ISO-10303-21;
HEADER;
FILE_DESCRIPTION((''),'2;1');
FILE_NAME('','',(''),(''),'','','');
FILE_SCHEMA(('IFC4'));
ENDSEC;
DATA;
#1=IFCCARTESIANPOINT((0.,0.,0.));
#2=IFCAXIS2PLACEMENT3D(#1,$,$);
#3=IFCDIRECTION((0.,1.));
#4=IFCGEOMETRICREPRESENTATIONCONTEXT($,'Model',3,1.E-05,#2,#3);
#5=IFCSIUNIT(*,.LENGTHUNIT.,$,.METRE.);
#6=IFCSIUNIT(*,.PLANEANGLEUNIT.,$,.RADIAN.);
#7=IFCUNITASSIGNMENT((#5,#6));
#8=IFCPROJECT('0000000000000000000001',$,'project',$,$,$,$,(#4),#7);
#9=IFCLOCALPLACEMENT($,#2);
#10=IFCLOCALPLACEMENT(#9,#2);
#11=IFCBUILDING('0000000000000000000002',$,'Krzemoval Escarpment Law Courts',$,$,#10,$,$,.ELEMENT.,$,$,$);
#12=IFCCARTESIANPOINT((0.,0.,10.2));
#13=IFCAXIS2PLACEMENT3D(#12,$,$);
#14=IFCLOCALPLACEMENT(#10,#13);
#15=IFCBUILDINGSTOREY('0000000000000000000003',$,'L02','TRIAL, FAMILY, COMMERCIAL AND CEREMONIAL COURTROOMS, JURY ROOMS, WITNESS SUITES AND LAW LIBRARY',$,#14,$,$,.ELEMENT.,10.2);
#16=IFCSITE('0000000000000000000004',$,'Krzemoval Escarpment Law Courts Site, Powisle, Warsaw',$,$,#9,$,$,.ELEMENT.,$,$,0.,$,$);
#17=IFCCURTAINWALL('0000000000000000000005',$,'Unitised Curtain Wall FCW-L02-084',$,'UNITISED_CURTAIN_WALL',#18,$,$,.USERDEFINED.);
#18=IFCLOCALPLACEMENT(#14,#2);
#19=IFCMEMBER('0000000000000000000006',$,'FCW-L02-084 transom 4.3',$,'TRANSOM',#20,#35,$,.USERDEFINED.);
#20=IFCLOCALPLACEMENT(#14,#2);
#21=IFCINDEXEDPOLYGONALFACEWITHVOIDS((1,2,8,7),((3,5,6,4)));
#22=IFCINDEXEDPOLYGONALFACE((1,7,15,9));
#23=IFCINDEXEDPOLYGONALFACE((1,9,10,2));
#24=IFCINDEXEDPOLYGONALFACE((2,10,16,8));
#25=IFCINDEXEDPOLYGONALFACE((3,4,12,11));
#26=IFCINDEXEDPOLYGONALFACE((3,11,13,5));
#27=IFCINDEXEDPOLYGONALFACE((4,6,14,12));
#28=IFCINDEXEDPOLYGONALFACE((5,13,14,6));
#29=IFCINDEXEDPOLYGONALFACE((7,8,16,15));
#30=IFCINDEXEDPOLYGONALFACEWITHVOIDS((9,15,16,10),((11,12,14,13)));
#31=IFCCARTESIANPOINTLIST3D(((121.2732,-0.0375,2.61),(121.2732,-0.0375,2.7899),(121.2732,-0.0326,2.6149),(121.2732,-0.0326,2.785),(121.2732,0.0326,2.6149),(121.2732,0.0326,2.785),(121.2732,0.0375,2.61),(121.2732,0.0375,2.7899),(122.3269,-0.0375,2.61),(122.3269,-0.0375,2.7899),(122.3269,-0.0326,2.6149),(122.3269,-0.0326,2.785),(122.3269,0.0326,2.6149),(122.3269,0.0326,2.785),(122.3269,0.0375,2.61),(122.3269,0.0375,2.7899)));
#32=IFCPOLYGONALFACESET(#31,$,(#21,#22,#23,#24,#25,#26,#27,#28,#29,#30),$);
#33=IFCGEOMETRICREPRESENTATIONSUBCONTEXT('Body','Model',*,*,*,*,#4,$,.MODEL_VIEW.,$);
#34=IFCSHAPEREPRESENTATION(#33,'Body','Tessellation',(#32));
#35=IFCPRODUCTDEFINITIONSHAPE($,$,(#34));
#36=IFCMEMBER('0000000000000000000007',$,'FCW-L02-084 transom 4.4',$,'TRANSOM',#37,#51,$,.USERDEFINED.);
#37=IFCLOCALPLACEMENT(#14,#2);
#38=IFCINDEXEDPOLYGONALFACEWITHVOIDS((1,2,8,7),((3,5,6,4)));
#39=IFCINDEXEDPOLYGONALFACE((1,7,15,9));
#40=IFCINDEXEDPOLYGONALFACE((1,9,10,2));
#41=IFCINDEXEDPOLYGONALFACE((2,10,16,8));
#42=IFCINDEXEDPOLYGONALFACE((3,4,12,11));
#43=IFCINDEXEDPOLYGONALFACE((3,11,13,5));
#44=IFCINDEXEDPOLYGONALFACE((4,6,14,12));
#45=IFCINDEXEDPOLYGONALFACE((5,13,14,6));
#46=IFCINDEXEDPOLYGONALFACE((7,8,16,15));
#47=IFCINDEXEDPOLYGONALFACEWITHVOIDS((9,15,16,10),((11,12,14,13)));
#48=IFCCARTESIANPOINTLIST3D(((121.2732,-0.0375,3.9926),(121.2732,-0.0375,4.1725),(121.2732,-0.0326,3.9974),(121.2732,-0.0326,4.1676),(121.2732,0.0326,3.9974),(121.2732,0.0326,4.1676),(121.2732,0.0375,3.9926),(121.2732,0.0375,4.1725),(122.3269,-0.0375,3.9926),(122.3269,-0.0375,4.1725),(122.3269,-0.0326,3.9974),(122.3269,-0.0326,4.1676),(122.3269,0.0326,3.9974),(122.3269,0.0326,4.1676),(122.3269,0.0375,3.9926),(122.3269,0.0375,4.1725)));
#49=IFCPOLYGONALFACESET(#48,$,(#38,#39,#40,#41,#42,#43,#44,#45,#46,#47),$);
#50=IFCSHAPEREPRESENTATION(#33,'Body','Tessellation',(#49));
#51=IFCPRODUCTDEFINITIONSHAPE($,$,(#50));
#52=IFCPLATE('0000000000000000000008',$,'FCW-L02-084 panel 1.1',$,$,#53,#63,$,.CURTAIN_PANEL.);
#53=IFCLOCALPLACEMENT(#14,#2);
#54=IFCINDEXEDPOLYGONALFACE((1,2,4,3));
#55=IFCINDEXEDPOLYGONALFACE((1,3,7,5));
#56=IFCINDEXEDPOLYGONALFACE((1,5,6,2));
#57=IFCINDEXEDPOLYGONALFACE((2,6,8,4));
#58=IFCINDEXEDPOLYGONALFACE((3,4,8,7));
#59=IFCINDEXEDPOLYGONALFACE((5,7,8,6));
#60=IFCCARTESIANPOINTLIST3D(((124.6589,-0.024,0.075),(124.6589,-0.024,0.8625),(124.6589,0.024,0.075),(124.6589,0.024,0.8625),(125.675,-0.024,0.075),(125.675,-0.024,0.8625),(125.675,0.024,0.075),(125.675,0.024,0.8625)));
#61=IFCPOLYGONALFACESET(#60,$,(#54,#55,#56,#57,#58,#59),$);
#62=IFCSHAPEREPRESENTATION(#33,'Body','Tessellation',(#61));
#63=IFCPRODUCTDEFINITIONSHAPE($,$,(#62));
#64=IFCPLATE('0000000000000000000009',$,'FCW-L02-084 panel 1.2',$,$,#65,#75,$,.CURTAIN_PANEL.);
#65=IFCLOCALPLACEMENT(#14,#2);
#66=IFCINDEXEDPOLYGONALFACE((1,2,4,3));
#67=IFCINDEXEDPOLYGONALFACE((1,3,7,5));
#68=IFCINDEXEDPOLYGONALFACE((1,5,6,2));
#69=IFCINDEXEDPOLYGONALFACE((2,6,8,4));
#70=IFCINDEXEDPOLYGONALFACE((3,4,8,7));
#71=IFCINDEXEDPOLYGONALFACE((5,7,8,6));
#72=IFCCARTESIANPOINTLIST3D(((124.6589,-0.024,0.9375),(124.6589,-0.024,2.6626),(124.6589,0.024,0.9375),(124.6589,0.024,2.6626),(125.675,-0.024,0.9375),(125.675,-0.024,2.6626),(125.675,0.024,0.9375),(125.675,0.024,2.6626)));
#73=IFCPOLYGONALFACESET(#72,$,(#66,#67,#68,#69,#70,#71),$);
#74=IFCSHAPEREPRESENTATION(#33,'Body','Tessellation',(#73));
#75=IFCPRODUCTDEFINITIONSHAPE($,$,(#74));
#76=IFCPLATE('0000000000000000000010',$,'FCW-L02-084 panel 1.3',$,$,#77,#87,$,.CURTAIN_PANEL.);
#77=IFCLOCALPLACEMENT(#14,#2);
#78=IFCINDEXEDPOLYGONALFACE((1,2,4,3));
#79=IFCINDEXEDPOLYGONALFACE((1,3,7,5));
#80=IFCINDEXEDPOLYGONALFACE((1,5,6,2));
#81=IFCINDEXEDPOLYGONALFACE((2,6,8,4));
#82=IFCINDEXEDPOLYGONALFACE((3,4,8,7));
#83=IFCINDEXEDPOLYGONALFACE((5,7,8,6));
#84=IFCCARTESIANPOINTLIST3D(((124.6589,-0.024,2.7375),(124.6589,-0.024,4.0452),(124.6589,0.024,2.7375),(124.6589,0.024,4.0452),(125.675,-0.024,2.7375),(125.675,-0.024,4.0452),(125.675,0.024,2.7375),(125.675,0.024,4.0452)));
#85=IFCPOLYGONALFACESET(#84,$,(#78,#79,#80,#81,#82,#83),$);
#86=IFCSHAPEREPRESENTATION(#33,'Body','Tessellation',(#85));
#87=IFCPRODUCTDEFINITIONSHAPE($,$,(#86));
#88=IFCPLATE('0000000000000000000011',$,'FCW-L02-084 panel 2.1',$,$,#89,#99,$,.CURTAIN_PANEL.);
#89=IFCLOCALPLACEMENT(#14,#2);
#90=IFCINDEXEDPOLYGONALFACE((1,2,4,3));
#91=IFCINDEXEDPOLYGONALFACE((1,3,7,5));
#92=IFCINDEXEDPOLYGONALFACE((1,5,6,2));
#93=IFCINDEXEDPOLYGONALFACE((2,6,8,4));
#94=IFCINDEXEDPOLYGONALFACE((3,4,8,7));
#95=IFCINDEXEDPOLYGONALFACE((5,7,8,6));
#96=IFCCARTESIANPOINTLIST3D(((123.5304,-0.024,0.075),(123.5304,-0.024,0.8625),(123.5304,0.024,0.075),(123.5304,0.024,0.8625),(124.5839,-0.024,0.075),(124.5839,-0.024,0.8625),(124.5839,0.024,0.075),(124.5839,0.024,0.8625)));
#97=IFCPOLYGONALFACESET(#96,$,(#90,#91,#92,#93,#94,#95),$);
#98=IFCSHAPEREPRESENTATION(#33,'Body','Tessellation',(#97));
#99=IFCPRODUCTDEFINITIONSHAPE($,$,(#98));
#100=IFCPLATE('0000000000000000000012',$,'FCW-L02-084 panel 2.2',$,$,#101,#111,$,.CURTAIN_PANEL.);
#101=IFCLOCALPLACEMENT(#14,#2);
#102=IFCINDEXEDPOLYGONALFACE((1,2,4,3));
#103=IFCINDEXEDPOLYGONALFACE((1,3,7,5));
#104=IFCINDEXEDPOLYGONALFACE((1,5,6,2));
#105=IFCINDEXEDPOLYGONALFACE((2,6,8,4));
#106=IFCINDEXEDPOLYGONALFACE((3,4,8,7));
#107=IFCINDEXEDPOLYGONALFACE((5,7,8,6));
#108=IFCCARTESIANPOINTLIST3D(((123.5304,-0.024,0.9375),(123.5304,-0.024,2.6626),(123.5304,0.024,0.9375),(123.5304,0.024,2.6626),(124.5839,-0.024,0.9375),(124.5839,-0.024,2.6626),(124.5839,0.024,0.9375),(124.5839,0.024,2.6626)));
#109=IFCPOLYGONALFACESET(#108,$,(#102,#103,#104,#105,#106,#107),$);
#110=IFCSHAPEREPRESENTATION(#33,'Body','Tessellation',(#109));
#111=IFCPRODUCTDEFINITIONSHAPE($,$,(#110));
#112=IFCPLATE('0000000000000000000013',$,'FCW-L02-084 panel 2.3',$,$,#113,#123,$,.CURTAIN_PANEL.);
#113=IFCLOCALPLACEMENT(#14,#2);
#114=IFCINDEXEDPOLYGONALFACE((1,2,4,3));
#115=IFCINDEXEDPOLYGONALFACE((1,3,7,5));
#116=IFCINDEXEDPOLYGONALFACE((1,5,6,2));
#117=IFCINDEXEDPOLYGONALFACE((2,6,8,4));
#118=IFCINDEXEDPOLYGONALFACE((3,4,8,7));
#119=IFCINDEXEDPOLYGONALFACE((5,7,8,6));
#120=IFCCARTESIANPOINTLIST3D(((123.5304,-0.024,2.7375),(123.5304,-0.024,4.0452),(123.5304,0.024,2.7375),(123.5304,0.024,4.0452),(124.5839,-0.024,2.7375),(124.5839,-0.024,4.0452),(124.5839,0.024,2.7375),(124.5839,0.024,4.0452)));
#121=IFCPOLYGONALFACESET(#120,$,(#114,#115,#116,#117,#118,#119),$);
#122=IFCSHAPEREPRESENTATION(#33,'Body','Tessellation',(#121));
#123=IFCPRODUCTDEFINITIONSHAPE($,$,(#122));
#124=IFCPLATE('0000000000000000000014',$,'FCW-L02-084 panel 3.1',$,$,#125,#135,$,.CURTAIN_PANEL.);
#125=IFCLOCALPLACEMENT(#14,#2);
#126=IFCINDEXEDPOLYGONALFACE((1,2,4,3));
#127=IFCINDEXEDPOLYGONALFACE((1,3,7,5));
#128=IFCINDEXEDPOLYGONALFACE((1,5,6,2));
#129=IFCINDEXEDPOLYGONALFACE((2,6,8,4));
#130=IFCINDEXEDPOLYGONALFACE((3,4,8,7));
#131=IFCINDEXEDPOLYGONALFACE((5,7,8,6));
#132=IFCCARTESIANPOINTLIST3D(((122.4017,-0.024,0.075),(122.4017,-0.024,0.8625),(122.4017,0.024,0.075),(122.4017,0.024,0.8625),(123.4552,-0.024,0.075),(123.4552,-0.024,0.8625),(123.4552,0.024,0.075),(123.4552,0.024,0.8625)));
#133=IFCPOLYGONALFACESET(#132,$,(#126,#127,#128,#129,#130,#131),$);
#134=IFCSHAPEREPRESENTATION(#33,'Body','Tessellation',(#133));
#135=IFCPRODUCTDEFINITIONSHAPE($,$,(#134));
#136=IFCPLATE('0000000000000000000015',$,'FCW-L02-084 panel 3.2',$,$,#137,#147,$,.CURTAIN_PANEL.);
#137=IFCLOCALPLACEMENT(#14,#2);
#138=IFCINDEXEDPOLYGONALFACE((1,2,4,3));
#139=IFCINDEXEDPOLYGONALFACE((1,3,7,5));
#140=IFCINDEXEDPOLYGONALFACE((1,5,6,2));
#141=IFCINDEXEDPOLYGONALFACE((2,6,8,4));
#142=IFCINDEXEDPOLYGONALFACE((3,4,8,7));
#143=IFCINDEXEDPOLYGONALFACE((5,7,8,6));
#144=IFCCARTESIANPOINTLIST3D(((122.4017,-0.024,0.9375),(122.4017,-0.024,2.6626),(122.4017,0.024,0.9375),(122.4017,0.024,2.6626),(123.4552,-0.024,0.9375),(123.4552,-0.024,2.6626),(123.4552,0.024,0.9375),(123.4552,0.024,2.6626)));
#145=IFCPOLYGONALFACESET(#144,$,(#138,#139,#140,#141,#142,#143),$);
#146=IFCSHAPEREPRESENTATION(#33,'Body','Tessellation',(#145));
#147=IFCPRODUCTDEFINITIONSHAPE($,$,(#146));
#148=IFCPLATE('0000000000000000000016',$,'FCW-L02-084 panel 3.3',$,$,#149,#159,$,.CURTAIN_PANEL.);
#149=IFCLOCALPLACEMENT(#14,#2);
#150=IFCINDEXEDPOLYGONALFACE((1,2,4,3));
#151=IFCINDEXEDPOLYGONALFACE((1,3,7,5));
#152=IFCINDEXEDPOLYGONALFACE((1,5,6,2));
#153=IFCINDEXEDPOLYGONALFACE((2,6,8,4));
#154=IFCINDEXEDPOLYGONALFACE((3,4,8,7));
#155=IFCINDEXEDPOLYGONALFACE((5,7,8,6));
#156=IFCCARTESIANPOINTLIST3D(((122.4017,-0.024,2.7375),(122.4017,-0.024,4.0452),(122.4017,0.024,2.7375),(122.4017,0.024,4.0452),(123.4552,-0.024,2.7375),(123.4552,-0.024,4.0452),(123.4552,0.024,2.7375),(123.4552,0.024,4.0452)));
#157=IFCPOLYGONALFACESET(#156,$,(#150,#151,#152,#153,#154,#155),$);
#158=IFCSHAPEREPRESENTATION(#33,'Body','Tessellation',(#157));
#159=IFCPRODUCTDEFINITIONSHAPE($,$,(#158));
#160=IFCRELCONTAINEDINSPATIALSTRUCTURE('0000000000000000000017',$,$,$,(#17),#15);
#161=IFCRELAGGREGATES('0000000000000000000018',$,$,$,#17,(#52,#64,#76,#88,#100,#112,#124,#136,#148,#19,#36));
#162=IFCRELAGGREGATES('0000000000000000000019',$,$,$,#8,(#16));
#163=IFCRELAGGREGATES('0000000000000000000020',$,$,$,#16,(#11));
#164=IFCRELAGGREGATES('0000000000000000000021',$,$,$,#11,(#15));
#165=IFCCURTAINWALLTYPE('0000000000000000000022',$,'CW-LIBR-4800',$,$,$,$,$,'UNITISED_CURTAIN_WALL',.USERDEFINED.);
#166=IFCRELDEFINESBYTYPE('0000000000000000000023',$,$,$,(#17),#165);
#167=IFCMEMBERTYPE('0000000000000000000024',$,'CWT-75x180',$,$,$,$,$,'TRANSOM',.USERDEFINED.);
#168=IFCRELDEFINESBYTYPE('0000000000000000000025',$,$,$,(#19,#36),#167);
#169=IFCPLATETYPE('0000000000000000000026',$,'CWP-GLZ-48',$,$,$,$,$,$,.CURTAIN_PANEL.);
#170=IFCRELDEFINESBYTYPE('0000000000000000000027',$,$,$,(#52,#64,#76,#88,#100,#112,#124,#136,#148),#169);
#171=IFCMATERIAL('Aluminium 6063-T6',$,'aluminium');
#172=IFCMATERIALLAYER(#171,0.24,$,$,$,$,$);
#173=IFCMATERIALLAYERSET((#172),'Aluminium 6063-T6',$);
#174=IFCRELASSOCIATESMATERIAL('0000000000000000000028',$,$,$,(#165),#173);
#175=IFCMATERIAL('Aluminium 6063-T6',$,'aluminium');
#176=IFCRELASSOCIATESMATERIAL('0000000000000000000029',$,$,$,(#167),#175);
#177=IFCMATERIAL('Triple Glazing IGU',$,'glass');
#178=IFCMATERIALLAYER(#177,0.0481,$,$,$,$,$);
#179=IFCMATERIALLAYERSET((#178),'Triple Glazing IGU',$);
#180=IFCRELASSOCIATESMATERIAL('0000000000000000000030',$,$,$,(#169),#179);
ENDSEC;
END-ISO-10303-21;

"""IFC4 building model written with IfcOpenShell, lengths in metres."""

from ifc_helpers import new_model, si_unit, direction, frame, origin, origin_2d, place, context, subcontext, project, spatial, rectangle, hollow_rectangle, extrude, material, layer, layer_set, material_profile, profile_set, type_object, element, aggregate, save


model = new_model("IFC4")

# Units and contexts
model_context = context("Model", 3, precision=1e-05, world=origin(), true_north=direction((0.0, 1.0)))
body_context = subcontext(model_context, "Body", "Model", "MODEL_VIEW")
ifc_project = project(units=[si_unit("LENGTHUNIT", "METRE"), si_unit("PLANEANGLEUNIT", "RADIAN")], contexts=[model_context])

# Site, building, storey
site_placement = place(None, origin())
site = spatial("IfcSite", under=ifc_project, at=site_placement, Name="Krzemoval Escarpment Law Courts Site, Powisle, Warsaw", CompositionType="ELEMENT", RefElevation=0.0)
building_placement = place(site_placement, origin())
building = spatial("IfcBuilding", under=site, at=building_placement, Name="Krzemoval Escarpment Law Courts", CompositionType="ELEMENT")
storey_placement = place(building_placement, frame((0.0, 0.0, 10.2)))
storey = spatial("IfcBuildingStorey", under=building, at=storey_placement, Name="L02", Description="TRIAL, FAMILY, COMMERCIAL AND CEREMONIAL COURTROOMS, JURY ROOMS, WITNESS SUITES AND LAW LIBRARY", CompositionType="ELEMENT", Elevation=10.2)

# Curtain wall, members, plates
ifc_material_1 = material(Name="Aluminium 6063-T6", Category="aluminium")
ifc_layer_1 = layer(ifc_material_1, 0.24)
ifc_layer_set_1 = layer_set([ifc_layer_1], Name="Aluminium 6063-T6")
curtain_wall_type = type_object("IfcCurtainWallType", Name="CW-LIBR-4800", ElementType="UNITISED_CURTAIN_WALL", PredefinedType="USERDEFINED", material=ifc_layer_set_1)
curtain_wall_placement = place(storey_placement, origin())
curtain_wall = element("IfcCurtainWall", 1, at=curtain_wall_placement, inside=storey, type_object=curtain_wall_type, Name="Unitised Curtain Wall FCW-L02-084", ObjectType="UNITISED_CURTAIN_WALL", PredefinedType="USERDEFINED")
ifc_material_2 = material(Name="Aluminium 6063-T6", Category="aluminium")
ifc_material_profile_1 = material_profile(ifc_material_2, hollow_rectangle(XDim=0.075, YDim=0.1799, WallThickness=0.0049, at=origin_2d()), Name="ALU T75x180")
ifc_profile_set_1 = profile_set([ifc_material_profile_1], Name="Aluminium 6063-T6")
member_type_1 = type_object("IfcMemberType", Name="CWT-75x180", ElementType="TRANSOM", PredefinedType="USERDEFINED", material=ifc_profile_set_1)
member_1_placement = place(storey_placement, frame((122.3269, 0.0, 2.7), z_axis=(-1.0, 0.0, 0.0), x_axis=(0.0, -1.0, 0.0)))
member_1 = element("IfcMember", 2, at=member_1_placement, type_object=member_type_1, Name="FCW-L02-084 transom 4.3", ObjectType="TRANSOM", PredefinedType="USERDEFINED", context=body_context, shape_type="SweptSolid", body=[
    extrude(hollow_rectangle(XDim=0.075, YDim=0.1799, WallThickness=0.0049, at=origin_2d()), origin(), (0.0, 0.0, 1.0), 1.0537),
])
member_2_placement = place(storey_placement, frame((122.3269, 0.0, 4.0825), z_axis=(-1.0, 0.0, 0.0), x_axis=(0.0, -1.0, 0.0)))
member_2 = element("IfcMember", 3, at=member_2_placement, type_object=member_type_1, Name="FCW-L02-084 transom 4.4", ObjectType="TRANSOM", PredefinedType="USERDEFINED", context=body_context, shape_type="SweptSolid", body=[
    extrude(hollow_rectangle(XDim=0.075, YDim=0.1799, WallThickness=0.0049, at=origin_2d()), origin(), (0.0, 0.0, 1.0), 1.0537),
])
ifc_material_3 = material(Name="Triple Glazing IGU", Category="glass")
ifc_layer_2 = layer(ifc_material_3, 0.0481)
ifc_layer_set_2 = layer_set([ifc_layer_2], Name="Triple Glazing IGU")
plate_type = type_object("IfcPlateType", Name="CWP-GLZ-48", PredefinedType="CURTAIN_PANEL", material=ifc_layer_set_2)
plate_1_placement = place(storey_placement, frame((125.167, 0.0, 0.075), z_axis=(0.0, 0.0, 1.0), x_axis=(-1.0, 0.0, 0.0)))
plate_1 = element("IfcPlate", 4, at=plate_1_placement, type_object=plate_type, Name="FCW-L02-084 panel 1.1", PredefinedType="CURTAIN_PANEL", context=body_context, shape_type="SweptSolid", body=[
    extrude(rectangle(XDim=1.0161, YDim=0.0481, at=origin_2d()), origin(), (0.0, 0.0, 1.0), 0.7876),
])
plate_2_placement = place(storey_placement, frame((125.167, 0.0, 0.9375), z_axis=(0.0, 0.0, 1.0), x_axis=(-1.0, 0.0, 0.0)))
plate_2 = element("IfcPlate", 5, at=plate_2_placement, type_object=plate_type, Name="FCW-L02-084 panel 1.2", PredefinedType="CURTAIN_PANEL", context=body_context, shape_type="SweptSolid", body=[
    extrude(rectangle(XDim=1.0161, YDim=0.0481, at=origin_2d()), origin(), (0.0, 0.0, 1.0), 1.7251),
])
plate_3_placement = place(storey_placement, frame((125.167, 0.0, 2.7375), z_axis=(0.0, 0.0, 1.0), x_axis=(-1.0, 0.0, 0.0)))
plate_3 = element("IfcPlate", 6, at=plate_3_placement, type_object=plate_type, Name="FCW-L02-084 panel 1.3", PredefinedType="CURTAIN_PANEL", context=body_context, shape_type="SweptSolid", body=[
    extrude(rectangle(XDim=1.0161, YDim=0.0481, at=origin_2d()), origin(), (0.0, 0.0, 1.0), 1.3076),
])
plate_4_placement = place(storey_placement, frame((124.0571, 0.0, 0.075), z_axis=(0.0, 0.0, 1.0), x_axis=(-1.0, 0.0, 0.0)))
plate_4 = element("IfcPlate", 7, at=plate_4_placement, type_object=plate_type, Name="FCW-L02-084 panel 2.1", PredefinedType="CURTAIN_PANEL", context=body_context, shape_type="SweptSolid", body=[
    extrude(rectangle(XDim=1.0535, YDim=0.0481, at=origin_2d()), origin(), (0.0, 0.0, 1.0), 0.7876),
])
plate_5_placement = place(storey_placement, frame((124.0571, 0.0, 0.9375), z_axis=(0.0, 0.0, 1.0), x_axis=(-1.0, 0.0, 0.0)))
plate_5 = element("IfcPlate", 8, at=plate_5_placement, type_object=plate_type, Name="FCW-L02-084 panel 2.2", PredefinedType="CURTAIN_PANEL", context=body_context, shape_type="SweptSolid", body=[
    extrude(rectangle(XDim=1.0535, YDim=0.0481, at=origin_2d()), origin(), (0.0, 0.0, 1.0), 1.7251),
])
plate_6_placement = place(storey_placement, frame((124.0571, 0.0, 2.7375), z_axis=(0.0, 0.0, 1.0), x_axis=(-1.0, 0.0, 0.0)))
plate_6 = element("IfcPlate", 9, at=plate_6_placement, type_object=plate_type, Name="FCW-L02-084 panel 2.3", PredefinedType="CURTAIN_PANEL", context=body_context, shape_type="SweptSolid", body=[
    extrude(rectangle(XDim=1.0535, YDim=0.0481, at=origin_2d()), origin(), (0.0, 0.0, 1.0), 1.3076),
])
plate_7_placement = place(storey_placement, frame((122.9285, 0.0, 0.075), z_axis=(0.0, 0.0, 1.0), x_axis=(-1.0, 0.0, 0.0)))
plate_7 = element("IfcPlate", 10, at=plate_7_placement, type_object=plate_type, Name="FCW-L02-084 panel 3.1", PredefinedType="CURTAIN_PANEL", context=body_context, shape_type="SweptSolid", body=[
    extrude(rectangle(XDim=1.0535, YDim=0.0481, at=origin_2d()), origin(), (0.0, 0.0, 1.0), 0.7876),
])
plate_8_placement = place(storey_placement, frame((122.9285, 0.0, 0.9375), z_axis=(0.0, 0.0, 1.0), x_axis=(-1.0, 0.0, 0.0)))
plate_8 = element("IfcPlate", 11, at=plate_8_placement, type_object=plate_type, Name="FCW-L02-084 panel 3.2", PredefinedType="CURTAIN_PANEL", context=body_context, shape_type="SweptSolid", body=[
    extrude(rectangle(XDim=1.0535, YDim=0.0481, at=origin_2d()), origin(), (0.0, 0.0, 1.0), 1.7251),
])
plate_9_placement = place(storey_placement, frame((122.9285, 0.0, 2.7375), z_axis=(0.0, 0.0, 1.0), x_axis=(-1.0, 0.0, 0.0)))
plate_9 = element("IfcPlate", 12, at=plate_9_placement, type_object=plate_type, Name="FCW-L02-084 panel 3.3", PredefinedType="CURTAIN_PANEL", context=body_context, shape_type="SweptSolid", body=[
    extrude(rectangle(XDim=1.0535, YDim=0.0481, at=origin_2d()), origin(), (0.0, 0.0, 1.0), 1.3076),
])
aggregate(curtain_wall, [plate_1, plate_2, plate_3, plate_4, plate_5, plate_6, plate_7, plate_8, plate_9, member_1, member_2])

save(model, "model.ifc")
